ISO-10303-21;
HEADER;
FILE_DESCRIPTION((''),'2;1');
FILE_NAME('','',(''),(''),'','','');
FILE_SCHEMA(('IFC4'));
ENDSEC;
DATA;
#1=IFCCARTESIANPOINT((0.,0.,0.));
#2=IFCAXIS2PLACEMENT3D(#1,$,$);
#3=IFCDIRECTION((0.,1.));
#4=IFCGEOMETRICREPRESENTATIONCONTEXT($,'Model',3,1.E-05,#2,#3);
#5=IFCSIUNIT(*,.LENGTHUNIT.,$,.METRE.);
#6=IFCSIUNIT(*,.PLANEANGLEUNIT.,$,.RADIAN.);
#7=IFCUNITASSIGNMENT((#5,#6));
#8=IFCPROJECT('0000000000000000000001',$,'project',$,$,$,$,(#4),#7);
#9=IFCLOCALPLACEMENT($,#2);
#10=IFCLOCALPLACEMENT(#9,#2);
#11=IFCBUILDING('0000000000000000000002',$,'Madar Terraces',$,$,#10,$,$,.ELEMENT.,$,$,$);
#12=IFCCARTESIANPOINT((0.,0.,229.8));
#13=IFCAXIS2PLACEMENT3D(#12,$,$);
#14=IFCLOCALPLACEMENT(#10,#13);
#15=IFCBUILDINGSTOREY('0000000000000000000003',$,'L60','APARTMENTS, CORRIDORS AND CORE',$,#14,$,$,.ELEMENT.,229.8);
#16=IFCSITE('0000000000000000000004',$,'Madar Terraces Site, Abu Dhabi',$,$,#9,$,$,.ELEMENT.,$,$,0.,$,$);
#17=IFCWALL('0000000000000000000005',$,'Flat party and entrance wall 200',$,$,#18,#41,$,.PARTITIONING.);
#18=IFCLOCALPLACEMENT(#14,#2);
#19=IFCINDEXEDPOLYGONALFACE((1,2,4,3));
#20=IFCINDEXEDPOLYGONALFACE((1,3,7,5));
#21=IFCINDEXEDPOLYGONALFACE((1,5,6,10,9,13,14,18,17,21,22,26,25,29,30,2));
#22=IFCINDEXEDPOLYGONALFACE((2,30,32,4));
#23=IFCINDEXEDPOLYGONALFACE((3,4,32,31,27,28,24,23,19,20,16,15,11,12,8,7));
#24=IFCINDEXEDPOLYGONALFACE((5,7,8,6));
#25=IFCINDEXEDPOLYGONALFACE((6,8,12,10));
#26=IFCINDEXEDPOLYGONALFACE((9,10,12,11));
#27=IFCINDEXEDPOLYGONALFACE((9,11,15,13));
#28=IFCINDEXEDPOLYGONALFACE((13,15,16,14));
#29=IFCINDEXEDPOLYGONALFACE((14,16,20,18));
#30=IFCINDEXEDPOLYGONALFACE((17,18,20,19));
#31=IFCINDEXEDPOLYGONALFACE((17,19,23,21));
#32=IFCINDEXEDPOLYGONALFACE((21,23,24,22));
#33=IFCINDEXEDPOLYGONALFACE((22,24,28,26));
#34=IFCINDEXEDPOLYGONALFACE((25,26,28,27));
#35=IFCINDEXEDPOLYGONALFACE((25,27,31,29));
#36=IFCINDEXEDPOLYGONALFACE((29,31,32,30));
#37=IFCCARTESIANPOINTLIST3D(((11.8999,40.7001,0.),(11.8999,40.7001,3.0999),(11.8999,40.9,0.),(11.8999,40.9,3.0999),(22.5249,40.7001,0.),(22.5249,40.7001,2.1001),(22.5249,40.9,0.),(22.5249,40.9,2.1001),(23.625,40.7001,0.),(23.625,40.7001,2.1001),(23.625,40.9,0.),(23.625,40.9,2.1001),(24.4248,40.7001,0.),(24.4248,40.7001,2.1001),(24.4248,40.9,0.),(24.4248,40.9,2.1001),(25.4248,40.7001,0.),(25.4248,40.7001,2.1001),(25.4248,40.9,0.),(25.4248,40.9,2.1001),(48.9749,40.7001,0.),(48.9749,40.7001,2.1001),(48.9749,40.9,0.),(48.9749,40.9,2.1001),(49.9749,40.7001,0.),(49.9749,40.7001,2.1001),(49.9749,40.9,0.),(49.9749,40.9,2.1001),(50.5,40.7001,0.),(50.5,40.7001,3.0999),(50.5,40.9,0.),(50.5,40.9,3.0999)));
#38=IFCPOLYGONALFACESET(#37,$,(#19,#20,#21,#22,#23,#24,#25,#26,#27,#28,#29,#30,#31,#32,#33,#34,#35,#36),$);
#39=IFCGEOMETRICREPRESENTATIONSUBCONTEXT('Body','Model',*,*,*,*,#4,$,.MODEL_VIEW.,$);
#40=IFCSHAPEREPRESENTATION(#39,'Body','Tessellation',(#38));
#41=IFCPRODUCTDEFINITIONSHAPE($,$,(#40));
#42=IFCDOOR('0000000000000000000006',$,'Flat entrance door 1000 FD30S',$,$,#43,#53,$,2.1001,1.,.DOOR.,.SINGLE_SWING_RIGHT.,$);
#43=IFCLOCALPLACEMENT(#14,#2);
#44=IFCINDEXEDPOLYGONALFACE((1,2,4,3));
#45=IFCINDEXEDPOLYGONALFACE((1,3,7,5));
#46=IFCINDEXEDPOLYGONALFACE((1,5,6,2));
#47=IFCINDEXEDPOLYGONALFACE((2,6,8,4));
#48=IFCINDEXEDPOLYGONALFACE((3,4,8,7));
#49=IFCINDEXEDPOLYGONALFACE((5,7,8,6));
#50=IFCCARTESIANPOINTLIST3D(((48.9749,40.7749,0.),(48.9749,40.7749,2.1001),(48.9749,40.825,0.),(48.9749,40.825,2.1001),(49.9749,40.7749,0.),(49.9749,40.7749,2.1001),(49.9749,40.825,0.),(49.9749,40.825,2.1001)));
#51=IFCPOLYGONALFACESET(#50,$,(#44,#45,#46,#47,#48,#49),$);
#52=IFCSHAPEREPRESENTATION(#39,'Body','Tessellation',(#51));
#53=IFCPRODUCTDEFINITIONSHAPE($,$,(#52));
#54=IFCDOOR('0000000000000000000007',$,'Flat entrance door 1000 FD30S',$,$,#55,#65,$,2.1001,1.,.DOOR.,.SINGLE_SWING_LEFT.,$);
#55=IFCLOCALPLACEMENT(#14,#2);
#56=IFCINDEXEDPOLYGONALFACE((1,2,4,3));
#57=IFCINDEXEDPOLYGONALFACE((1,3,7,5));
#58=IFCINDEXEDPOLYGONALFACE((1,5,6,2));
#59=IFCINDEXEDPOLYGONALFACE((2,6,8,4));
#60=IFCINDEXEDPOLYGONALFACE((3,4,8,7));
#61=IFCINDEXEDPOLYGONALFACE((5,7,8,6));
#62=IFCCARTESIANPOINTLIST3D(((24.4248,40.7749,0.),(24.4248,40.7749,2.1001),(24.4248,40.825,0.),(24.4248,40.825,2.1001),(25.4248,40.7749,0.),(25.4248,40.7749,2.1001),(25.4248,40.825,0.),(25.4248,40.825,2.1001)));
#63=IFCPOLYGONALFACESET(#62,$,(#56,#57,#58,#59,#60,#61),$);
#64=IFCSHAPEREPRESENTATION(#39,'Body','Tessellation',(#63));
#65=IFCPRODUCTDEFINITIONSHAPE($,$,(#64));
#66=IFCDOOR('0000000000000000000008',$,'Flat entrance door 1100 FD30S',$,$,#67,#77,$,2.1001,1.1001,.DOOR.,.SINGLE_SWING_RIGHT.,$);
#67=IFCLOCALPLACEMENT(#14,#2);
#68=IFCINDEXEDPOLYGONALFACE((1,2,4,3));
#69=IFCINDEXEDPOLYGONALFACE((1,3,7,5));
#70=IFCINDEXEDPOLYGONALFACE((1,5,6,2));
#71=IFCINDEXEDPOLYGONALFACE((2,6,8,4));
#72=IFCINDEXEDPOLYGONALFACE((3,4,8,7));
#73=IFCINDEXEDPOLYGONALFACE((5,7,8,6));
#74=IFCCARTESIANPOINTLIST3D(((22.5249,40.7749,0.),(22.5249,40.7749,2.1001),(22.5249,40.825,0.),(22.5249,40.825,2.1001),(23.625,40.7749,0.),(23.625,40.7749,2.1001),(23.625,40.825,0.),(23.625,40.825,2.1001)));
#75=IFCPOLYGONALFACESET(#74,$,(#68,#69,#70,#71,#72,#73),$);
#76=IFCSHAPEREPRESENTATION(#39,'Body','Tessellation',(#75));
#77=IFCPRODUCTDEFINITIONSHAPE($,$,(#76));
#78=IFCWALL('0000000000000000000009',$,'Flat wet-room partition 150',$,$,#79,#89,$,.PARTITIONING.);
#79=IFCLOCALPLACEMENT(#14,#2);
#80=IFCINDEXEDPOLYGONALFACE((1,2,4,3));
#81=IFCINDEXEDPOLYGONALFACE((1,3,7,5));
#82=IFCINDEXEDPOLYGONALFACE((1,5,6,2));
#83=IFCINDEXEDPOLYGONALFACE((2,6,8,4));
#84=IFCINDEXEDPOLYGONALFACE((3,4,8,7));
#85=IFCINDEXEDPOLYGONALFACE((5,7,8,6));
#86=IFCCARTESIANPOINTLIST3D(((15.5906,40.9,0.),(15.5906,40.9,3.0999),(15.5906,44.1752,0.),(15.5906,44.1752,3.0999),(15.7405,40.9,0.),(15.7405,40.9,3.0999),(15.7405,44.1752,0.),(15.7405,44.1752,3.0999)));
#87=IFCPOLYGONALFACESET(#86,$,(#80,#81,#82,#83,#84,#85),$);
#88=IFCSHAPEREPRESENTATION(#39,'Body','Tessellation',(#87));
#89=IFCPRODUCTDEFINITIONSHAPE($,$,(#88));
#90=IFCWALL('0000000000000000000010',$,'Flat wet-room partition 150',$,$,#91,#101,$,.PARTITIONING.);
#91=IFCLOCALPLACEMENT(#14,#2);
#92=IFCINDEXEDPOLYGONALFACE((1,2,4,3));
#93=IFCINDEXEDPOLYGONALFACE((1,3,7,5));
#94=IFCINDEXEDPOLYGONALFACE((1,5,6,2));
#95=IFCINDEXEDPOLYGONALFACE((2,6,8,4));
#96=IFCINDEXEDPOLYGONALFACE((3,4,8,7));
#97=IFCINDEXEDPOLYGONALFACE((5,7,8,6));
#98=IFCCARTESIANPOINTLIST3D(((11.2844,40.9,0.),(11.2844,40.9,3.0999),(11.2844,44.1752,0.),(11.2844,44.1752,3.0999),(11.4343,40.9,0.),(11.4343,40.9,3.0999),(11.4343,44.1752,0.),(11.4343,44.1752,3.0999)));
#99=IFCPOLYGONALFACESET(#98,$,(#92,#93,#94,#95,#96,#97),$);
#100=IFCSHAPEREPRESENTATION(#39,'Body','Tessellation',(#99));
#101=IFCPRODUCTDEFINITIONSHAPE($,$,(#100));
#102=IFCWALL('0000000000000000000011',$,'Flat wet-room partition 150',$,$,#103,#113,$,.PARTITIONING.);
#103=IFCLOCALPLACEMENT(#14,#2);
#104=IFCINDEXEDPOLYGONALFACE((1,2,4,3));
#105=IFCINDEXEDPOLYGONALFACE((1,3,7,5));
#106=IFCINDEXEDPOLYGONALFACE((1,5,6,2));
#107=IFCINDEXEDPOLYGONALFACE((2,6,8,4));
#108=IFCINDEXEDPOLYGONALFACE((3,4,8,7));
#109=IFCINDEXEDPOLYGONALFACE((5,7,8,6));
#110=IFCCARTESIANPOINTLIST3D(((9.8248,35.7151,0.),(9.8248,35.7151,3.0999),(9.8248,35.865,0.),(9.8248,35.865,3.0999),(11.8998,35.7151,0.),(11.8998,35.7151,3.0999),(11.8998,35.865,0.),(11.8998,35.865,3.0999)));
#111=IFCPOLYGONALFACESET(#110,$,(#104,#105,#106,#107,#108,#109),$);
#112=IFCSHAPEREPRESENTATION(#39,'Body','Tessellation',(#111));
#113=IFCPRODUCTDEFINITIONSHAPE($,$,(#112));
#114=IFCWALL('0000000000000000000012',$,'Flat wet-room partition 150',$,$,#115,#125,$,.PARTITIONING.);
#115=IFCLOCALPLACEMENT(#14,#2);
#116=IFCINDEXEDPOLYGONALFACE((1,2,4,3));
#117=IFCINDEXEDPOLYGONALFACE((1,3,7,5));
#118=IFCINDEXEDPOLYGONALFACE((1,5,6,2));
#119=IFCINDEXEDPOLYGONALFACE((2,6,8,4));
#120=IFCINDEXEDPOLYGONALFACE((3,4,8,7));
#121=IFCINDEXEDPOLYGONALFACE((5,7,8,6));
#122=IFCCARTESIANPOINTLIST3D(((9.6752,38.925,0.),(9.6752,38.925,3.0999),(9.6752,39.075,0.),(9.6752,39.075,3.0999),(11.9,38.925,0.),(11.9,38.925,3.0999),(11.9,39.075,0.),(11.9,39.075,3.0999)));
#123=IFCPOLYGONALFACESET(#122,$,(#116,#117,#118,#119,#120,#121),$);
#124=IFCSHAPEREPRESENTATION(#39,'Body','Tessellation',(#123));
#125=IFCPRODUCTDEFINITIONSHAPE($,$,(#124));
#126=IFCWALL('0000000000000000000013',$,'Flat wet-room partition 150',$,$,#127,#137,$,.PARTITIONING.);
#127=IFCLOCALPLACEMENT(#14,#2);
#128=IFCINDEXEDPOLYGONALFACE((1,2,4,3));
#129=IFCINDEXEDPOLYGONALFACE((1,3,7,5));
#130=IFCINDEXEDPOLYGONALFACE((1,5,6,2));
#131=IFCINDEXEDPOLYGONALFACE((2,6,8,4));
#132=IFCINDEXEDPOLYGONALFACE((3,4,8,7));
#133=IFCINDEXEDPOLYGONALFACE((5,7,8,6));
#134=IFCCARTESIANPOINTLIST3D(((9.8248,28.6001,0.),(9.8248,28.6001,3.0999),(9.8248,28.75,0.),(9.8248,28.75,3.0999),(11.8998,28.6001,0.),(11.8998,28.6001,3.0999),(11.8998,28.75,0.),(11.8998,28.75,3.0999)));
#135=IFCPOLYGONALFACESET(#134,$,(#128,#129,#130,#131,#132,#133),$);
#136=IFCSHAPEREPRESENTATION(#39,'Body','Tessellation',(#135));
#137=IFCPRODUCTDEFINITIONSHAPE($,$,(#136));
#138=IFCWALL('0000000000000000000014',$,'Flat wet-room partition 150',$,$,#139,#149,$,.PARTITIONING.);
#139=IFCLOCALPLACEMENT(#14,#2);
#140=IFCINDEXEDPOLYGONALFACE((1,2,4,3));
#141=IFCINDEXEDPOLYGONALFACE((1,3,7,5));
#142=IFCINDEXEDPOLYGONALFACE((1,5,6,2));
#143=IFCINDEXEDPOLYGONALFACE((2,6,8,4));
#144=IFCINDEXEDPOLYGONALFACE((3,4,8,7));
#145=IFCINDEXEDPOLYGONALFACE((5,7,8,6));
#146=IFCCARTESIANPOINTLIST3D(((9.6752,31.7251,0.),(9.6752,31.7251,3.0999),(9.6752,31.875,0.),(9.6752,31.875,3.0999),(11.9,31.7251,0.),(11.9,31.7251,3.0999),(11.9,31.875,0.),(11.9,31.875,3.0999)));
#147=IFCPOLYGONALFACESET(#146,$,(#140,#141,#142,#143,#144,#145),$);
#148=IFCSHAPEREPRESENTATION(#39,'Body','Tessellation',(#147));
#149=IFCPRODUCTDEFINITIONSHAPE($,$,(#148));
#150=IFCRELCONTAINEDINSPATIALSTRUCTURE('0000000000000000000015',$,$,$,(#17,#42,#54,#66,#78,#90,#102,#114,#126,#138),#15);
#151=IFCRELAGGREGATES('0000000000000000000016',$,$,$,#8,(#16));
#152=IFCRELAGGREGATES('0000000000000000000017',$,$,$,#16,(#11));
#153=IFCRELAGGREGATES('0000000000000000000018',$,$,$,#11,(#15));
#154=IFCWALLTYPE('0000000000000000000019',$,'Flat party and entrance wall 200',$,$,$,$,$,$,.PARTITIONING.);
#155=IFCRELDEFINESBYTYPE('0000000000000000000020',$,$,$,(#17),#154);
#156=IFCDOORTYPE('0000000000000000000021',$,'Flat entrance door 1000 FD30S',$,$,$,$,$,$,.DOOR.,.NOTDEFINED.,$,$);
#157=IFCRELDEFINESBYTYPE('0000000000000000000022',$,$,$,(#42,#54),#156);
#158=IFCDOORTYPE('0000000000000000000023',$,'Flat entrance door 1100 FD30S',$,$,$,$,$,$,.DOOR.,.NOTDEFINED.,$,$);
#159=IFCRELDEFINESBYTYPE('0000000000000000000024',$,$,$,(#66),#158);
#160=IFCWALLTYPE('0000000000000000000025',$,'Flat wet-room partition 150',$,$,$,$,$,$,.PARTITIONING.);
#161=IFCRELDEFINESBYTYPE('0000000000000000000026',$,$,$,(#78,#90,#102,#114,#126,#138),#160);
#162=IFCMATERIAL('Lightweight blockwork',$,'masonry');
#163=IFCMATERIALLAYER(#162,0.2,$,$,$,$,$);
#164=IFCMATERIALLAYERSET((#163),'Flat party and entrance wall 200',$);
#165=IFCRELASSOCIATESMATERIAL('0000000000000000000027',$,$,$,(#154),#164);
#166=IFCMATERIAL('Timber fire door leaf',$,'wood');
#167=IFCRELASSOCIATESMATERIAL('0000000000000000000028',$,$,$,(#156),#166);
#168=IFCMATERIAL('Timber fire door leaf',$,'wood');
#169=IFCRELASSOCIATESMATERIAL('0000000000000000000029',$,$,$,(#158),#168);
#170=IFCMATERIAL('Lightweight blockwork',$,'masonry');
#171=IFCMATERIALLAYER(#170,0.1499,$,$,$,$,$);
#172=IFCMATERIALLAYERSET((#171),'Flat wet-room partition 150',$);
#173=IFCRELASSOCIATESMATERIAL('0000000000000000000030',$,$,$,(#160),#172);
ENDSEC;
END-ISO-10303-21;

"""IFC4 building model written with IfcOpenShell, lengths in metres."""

from ifc_helpers import new_model, si_unit, direction, frame, frame_2d, origin, place, context, subcontext, project, spatial, rectangle, extrude, material, layer, layer_set, type_object, element, fill, save


model = new_model("IFC4")

# Units and contexts
model_context = context("Model", 3, precision=1e-05, world=origin(), true_north=direction((0.0, 1.0)))
body_context = subcontext(model_context, "Body", "Model", "MODEL_VIEW")
ifc_project = project(units=[si_unit("LENGTHUNIT", "METRE"), si_unit("PLANEANGLEUNIT", "RADIAN")], contexts=[model_context])

# Site, building, storey
site_placement = place(None, origin())
site = spatial("IfcSite", under=ifc_project, at=site_placement, Name="Madar Terraces Site, Abu Dhabi", CompositionType="ELEMENT", RefElevation=0.0)
building_placement = place(site_placement, origin())
building = spatial("IfcBuilding", under=site, at=building_placement, Name="Madar Terraces", CompositionType="ELEMENT")
storey_placement = place(building_placement, frame((0.0, 0.0, 229.8)))
storey = spatial("IfcBuildingStorey", under=building, at=storey_placement, Name="L60", Description="APARTMENTS, CORRIDORS AND CORE", CompositionType="ELEMENT", Elevation=229.8)

# Wall, openings, doors
ifc_material_1 = material(Name="Lightweight blockwork", Category="masonry")
ifc_layer_1 = layer(ifc_material_1, 0.2)
ifc_layer_set_1 = layer_set([ifc_layer_1], Name="Flat party and entrance wall 200")
wall_type_1 = type_object("IfcWallType", Name="Flat party and entrance wall 200", PredefinedType="PARTITIONING", material=ifc_layer_set_1)
wall_1_placement = place(storey_placement, frame((11.8999, 40.8, 0.0), z_axis=(0.0, 0.0, 1.0), x_axis=(1.0, 0.0, 0.0)))
wall_1 = element("IfcWall", 1, at=wall_1_placement, inside=storey, type_object=wall_type_1, Name="Flat party and entrance wall 200", PredefinedType="PARTITIONING", context=body_context, shape_type="SweptSolid", body=[
    extrude(rectangle(XDim=38.6001, YDim=0.2, at=frame_2d((19.3, 0.0))), origin(), (0.0, 0.0, 1.0), 3.0999),
])
opening_1_placement = place(wall_1_placement, frame((37.075, 0.0, 0.0)))
opening_1 = element("IfcOpeningElement", 2, at=opening_1_placement, cuts=wall_1, PredefinedType="OPENING", context=body_context, shape_type="SweptSolid", body=[
    extrude(rectangle(XDim=1.0, YDim=2.1001, at=frame_2d((0.5, 1.05))), frame((0.0, 0.1099, 0.0), z_axis=(0.0, -1.0, 0.0), x_axis=(1.0, 0.0, 0.0)), (0.0, 0.0, 1.0), 0.22),
])
opening_2_placement = place(wall_1_placement, frame((12.5249, 0.0, 0.0)))
opening_2 = element("IfcOpeningElement", 3, at=opening_2_placement, cuts=wall_1, PredefinedType="OPENING", context=body_context, shape_type="SweptSolid", body=[
    extrude(rectangle(XDim=1.0, YDim=2.1001, at=frame_2d((0.5, 1.05))), frame((0.0, 0.1099, 0.0), z_axis=(0.0, -1.0, 0.0), x_axis=(1.0, 0.0, 0.0)), (0.0, 0.0, 1.0), 0.22),
])
opening_3_placement = place(wall_1_placement, frame((10.625, 0.0, 0.0)))
opening_3 = element("IfcOpeningElement", 4, at=opening_3_placement, cuts=wall_1, PredefinedType="OPENING", context=body_context, shape_type="SweptSolid", body=[
    extrude(rectangle(XDim=1.1001, YDim=2.1001, at=frame_2d((0.55, 1.05))), frame((0.0, 0.1099, 0.0), z_axis=(0.0, -1.0, 0.0), x_axis=(1.0, 0.0, 0.0)), (0.0, 0.0, 1.0), 0.22),
])
ifc_material_2 = material(Name="Timber fire door leaf", Category="wood")
door_type_1 = type_object("IfcDoorType", Name="Flat entrance door 1000 FD30S", OperationType="NOTDEFINED", PredefinedType="DOOR", material=ifc_material_2)
door_1_placement = place(opening_1_placement, origin())
door_1 = element("IfcDoor", 5, at=door_1_placement, inside=storey, type_object=door_type_1, Name="Flat entrance door 1000 FD30S", OperationType="SINGLE_SWING_RIGHT", OverallHeight=2.1001, OverallWidth=1.0, PredefinedType="DOOR", context=body_context, shape_type="SweptSolid", body=[
    extrude(rectangle(XDim=1.0, YDim=2.1001, at=frame_2d((0.5, 1.05))), frame((0.0, 0.0249, 0.0), z_axis=(0.0, -1.0, 0.0), x_axis=(1.0, 0.0, 0.0)), (0.0, 0.0, 1.0), 0.05),
])
fill(opening_1, door_1)
door_2_placement = place(opening_2_placement, origin())
door_2 = element("IfcDoor", 6, at=door_2_placement, inside=storey, type_object=door_type_1, Name="Flat entrance door 1000 FD30S", OperationType="SINGLE_SWING_LEFT", OverallHeight=2.1001, OverallWidth=1.0, PredefinedType="DOOR", context=body_context, shape_type="SweptSolid", body=[
    extrude(rectangle(XDim=1.0, YDim=2.1001, at=frame_2d((0.5, 1.05))), frame((0.0, 0.0249, 0.0), z_axis=(0.0, -1.0, 0.0), x_axis=(1.0, 0.0, 0.0)), (0.0, 0.0, 1.0), 0.05),
])
fill(opening_2, door_2)
ifc_material_3 = material(Name="Timber fire door leaf", Category="wood")
door_type_2 = type_object("IfcDoorType", Name="Flat entrance door 1100 FD30S", OperationType="NOTDEFINED", PredefinedType="DOOR", material=ifc_material_3)
door_3_placement = place(opening_3_placement, origin())
door_3 = element("IfcDoor", 7, at=door_3_placement, inside=storey, type_object=door_type_2, Name="Flat entrance door 1100 FD30S", OperationType="SINGLE_SWING_RIGHT", OverallHeight=2.1001, OverallWidth=1.1001, PredefinedType="DOOR", context=body_context, shape_type="SweptSolid", body=[
    extrude(rectangle(XDim=1.1001, YDim=2.1001, at=frame_2d((0.55, 1.05))), frame((0.0, 0.0249, 0.0), z_axis=(0.0, -1.0, 0.0), x_axis=(1.0, 0.0, 0.0)), (0.0, 0.0, 1.0), 0.05),
])
fill(opening_3, door_3)

# Walls
ifc_material_4 = material(Name="Lightweight blockwork", Category="masonry")
ifc_layer_2 = layer(ifc_material_4, 0.1499)
ifc_layer_set_2 = layer_set([ifc_layer_2], Name="Flat wet-room partition 150")
wall_type_2 = type_object("IfcWallType", Name="Flat wet-room partition 150", PredefinedType="PARTITIONING", material=ifc_layer_set_2)
for number, where, z_axis, x_axis, name in (
    (8, (15.6655, 40.8999, 0.0), (0.0, 0.0, 1.0), (0.0, 1.0, 0.0), "Flat wet-room partition 150"),
    (9, (11.3594, 40.8999, 0.0), (0.0, 0.0, 1.0), (0.0, 1.0, 0.0), "Flat wet-room partition 150"),
):
    element("IfcWall", number, at=place(storey_placement, frame(where, z_axis=z_axis, x_axis=x_axis)), inside=storey, type_object=wall_type_2, Name=name, PredefinedType="PARTITIONING", context=body_context, shape_type="SweptSolid", body=[
        extrude(rectangle(XDim=3.2751, YDim=0.1499, at=frame_2d((1.6377, 0.0))), origin(), (0.0, 0.0, 1.0), 3.0999),
    ])
wall_2_placement = place(storey_placement, frame((11.8999, 35.79, 0.0), z_axis=(0.0, 0.0, 1.0), x_axis=(-1.0, 0.0, 0.0)))
element("IfcWall", 10, at=wall_2_placement, inside=storey, type_object=wall_type_2, Name="Flat wet-room partition 150", PredefinedType="PARTITIONING", context=body_context, shape_type="SweptSolid", body=[
    extrude(rectangle(XDim=2.075, YDim=0.1499, at=frame_2d((1.0376, 0.0))), origin(), (0.0, 0.0, 1.0), 3.0999),
])
wall_3_placement = place(storey_placement, frame((11.8999, 39.0, 0.0), z_axis=(0.0, 0.0, 1.0), x_axis=(-1.0, 0.0, 0.0)))
element("IfcWall", 11, at=wall_3_placement, inside=storey, type_object=wall_type_2, Name="Flat wet-room partition 150", PredefinedType="PARTITIONING", context=body_context, shape_type="SweptSolid", body=[
    extrude(rectangle(XDim=2.2249, YDim=0.1499, at=frame_2d((1.1123, 0.0))), origin(), (0.0, 0.0, 1.0), 3.0999),
])
wall_4_placement = place(storey_placement, frame((11.8999, 28.675, 0.0), z_axis=(0.0, 0.0, 1.0), x_axis=(-1.0, 0.0, 0.0)))
element("IfcWall", 12, at=wall_4_placement, inside=storey, type_object=wall_type_2, Name="Flat wet-room partition 150", PredefinedType="PARTITIONING", context=body_context, shape_type="SweptSolid", body=[
    extrude(rectangle(XDim=2.075, YDim=0.1499, at=frame_2d((1.0376, 0.0))), origin(), (0.0, 0.0, 1.0), 3.0999),
])
wall_5_placement = place(storey_placement, frame((11.8999, 31.8, 0.0), z_axis=(0.0, 0.0, 1.0), x_axis=(-1.0, 0.0, 0.0)))
element("IfcWall", 13, at=wall_5_placement, inside=storey, type_object=wall_type_2, Name="Flat wet-room partition 150", PredefinedType="PARTITIONING", context=body_context, shape_type="SweptSolid", body=[
    extrude(rectangle(XDim=2.2249, YDim=0.1499, at=frame_2d((1.1123, 0.0))), origin(), (0.0, 0.0, 1.0), 3.0999),
])

save(model, "model.ifc")
